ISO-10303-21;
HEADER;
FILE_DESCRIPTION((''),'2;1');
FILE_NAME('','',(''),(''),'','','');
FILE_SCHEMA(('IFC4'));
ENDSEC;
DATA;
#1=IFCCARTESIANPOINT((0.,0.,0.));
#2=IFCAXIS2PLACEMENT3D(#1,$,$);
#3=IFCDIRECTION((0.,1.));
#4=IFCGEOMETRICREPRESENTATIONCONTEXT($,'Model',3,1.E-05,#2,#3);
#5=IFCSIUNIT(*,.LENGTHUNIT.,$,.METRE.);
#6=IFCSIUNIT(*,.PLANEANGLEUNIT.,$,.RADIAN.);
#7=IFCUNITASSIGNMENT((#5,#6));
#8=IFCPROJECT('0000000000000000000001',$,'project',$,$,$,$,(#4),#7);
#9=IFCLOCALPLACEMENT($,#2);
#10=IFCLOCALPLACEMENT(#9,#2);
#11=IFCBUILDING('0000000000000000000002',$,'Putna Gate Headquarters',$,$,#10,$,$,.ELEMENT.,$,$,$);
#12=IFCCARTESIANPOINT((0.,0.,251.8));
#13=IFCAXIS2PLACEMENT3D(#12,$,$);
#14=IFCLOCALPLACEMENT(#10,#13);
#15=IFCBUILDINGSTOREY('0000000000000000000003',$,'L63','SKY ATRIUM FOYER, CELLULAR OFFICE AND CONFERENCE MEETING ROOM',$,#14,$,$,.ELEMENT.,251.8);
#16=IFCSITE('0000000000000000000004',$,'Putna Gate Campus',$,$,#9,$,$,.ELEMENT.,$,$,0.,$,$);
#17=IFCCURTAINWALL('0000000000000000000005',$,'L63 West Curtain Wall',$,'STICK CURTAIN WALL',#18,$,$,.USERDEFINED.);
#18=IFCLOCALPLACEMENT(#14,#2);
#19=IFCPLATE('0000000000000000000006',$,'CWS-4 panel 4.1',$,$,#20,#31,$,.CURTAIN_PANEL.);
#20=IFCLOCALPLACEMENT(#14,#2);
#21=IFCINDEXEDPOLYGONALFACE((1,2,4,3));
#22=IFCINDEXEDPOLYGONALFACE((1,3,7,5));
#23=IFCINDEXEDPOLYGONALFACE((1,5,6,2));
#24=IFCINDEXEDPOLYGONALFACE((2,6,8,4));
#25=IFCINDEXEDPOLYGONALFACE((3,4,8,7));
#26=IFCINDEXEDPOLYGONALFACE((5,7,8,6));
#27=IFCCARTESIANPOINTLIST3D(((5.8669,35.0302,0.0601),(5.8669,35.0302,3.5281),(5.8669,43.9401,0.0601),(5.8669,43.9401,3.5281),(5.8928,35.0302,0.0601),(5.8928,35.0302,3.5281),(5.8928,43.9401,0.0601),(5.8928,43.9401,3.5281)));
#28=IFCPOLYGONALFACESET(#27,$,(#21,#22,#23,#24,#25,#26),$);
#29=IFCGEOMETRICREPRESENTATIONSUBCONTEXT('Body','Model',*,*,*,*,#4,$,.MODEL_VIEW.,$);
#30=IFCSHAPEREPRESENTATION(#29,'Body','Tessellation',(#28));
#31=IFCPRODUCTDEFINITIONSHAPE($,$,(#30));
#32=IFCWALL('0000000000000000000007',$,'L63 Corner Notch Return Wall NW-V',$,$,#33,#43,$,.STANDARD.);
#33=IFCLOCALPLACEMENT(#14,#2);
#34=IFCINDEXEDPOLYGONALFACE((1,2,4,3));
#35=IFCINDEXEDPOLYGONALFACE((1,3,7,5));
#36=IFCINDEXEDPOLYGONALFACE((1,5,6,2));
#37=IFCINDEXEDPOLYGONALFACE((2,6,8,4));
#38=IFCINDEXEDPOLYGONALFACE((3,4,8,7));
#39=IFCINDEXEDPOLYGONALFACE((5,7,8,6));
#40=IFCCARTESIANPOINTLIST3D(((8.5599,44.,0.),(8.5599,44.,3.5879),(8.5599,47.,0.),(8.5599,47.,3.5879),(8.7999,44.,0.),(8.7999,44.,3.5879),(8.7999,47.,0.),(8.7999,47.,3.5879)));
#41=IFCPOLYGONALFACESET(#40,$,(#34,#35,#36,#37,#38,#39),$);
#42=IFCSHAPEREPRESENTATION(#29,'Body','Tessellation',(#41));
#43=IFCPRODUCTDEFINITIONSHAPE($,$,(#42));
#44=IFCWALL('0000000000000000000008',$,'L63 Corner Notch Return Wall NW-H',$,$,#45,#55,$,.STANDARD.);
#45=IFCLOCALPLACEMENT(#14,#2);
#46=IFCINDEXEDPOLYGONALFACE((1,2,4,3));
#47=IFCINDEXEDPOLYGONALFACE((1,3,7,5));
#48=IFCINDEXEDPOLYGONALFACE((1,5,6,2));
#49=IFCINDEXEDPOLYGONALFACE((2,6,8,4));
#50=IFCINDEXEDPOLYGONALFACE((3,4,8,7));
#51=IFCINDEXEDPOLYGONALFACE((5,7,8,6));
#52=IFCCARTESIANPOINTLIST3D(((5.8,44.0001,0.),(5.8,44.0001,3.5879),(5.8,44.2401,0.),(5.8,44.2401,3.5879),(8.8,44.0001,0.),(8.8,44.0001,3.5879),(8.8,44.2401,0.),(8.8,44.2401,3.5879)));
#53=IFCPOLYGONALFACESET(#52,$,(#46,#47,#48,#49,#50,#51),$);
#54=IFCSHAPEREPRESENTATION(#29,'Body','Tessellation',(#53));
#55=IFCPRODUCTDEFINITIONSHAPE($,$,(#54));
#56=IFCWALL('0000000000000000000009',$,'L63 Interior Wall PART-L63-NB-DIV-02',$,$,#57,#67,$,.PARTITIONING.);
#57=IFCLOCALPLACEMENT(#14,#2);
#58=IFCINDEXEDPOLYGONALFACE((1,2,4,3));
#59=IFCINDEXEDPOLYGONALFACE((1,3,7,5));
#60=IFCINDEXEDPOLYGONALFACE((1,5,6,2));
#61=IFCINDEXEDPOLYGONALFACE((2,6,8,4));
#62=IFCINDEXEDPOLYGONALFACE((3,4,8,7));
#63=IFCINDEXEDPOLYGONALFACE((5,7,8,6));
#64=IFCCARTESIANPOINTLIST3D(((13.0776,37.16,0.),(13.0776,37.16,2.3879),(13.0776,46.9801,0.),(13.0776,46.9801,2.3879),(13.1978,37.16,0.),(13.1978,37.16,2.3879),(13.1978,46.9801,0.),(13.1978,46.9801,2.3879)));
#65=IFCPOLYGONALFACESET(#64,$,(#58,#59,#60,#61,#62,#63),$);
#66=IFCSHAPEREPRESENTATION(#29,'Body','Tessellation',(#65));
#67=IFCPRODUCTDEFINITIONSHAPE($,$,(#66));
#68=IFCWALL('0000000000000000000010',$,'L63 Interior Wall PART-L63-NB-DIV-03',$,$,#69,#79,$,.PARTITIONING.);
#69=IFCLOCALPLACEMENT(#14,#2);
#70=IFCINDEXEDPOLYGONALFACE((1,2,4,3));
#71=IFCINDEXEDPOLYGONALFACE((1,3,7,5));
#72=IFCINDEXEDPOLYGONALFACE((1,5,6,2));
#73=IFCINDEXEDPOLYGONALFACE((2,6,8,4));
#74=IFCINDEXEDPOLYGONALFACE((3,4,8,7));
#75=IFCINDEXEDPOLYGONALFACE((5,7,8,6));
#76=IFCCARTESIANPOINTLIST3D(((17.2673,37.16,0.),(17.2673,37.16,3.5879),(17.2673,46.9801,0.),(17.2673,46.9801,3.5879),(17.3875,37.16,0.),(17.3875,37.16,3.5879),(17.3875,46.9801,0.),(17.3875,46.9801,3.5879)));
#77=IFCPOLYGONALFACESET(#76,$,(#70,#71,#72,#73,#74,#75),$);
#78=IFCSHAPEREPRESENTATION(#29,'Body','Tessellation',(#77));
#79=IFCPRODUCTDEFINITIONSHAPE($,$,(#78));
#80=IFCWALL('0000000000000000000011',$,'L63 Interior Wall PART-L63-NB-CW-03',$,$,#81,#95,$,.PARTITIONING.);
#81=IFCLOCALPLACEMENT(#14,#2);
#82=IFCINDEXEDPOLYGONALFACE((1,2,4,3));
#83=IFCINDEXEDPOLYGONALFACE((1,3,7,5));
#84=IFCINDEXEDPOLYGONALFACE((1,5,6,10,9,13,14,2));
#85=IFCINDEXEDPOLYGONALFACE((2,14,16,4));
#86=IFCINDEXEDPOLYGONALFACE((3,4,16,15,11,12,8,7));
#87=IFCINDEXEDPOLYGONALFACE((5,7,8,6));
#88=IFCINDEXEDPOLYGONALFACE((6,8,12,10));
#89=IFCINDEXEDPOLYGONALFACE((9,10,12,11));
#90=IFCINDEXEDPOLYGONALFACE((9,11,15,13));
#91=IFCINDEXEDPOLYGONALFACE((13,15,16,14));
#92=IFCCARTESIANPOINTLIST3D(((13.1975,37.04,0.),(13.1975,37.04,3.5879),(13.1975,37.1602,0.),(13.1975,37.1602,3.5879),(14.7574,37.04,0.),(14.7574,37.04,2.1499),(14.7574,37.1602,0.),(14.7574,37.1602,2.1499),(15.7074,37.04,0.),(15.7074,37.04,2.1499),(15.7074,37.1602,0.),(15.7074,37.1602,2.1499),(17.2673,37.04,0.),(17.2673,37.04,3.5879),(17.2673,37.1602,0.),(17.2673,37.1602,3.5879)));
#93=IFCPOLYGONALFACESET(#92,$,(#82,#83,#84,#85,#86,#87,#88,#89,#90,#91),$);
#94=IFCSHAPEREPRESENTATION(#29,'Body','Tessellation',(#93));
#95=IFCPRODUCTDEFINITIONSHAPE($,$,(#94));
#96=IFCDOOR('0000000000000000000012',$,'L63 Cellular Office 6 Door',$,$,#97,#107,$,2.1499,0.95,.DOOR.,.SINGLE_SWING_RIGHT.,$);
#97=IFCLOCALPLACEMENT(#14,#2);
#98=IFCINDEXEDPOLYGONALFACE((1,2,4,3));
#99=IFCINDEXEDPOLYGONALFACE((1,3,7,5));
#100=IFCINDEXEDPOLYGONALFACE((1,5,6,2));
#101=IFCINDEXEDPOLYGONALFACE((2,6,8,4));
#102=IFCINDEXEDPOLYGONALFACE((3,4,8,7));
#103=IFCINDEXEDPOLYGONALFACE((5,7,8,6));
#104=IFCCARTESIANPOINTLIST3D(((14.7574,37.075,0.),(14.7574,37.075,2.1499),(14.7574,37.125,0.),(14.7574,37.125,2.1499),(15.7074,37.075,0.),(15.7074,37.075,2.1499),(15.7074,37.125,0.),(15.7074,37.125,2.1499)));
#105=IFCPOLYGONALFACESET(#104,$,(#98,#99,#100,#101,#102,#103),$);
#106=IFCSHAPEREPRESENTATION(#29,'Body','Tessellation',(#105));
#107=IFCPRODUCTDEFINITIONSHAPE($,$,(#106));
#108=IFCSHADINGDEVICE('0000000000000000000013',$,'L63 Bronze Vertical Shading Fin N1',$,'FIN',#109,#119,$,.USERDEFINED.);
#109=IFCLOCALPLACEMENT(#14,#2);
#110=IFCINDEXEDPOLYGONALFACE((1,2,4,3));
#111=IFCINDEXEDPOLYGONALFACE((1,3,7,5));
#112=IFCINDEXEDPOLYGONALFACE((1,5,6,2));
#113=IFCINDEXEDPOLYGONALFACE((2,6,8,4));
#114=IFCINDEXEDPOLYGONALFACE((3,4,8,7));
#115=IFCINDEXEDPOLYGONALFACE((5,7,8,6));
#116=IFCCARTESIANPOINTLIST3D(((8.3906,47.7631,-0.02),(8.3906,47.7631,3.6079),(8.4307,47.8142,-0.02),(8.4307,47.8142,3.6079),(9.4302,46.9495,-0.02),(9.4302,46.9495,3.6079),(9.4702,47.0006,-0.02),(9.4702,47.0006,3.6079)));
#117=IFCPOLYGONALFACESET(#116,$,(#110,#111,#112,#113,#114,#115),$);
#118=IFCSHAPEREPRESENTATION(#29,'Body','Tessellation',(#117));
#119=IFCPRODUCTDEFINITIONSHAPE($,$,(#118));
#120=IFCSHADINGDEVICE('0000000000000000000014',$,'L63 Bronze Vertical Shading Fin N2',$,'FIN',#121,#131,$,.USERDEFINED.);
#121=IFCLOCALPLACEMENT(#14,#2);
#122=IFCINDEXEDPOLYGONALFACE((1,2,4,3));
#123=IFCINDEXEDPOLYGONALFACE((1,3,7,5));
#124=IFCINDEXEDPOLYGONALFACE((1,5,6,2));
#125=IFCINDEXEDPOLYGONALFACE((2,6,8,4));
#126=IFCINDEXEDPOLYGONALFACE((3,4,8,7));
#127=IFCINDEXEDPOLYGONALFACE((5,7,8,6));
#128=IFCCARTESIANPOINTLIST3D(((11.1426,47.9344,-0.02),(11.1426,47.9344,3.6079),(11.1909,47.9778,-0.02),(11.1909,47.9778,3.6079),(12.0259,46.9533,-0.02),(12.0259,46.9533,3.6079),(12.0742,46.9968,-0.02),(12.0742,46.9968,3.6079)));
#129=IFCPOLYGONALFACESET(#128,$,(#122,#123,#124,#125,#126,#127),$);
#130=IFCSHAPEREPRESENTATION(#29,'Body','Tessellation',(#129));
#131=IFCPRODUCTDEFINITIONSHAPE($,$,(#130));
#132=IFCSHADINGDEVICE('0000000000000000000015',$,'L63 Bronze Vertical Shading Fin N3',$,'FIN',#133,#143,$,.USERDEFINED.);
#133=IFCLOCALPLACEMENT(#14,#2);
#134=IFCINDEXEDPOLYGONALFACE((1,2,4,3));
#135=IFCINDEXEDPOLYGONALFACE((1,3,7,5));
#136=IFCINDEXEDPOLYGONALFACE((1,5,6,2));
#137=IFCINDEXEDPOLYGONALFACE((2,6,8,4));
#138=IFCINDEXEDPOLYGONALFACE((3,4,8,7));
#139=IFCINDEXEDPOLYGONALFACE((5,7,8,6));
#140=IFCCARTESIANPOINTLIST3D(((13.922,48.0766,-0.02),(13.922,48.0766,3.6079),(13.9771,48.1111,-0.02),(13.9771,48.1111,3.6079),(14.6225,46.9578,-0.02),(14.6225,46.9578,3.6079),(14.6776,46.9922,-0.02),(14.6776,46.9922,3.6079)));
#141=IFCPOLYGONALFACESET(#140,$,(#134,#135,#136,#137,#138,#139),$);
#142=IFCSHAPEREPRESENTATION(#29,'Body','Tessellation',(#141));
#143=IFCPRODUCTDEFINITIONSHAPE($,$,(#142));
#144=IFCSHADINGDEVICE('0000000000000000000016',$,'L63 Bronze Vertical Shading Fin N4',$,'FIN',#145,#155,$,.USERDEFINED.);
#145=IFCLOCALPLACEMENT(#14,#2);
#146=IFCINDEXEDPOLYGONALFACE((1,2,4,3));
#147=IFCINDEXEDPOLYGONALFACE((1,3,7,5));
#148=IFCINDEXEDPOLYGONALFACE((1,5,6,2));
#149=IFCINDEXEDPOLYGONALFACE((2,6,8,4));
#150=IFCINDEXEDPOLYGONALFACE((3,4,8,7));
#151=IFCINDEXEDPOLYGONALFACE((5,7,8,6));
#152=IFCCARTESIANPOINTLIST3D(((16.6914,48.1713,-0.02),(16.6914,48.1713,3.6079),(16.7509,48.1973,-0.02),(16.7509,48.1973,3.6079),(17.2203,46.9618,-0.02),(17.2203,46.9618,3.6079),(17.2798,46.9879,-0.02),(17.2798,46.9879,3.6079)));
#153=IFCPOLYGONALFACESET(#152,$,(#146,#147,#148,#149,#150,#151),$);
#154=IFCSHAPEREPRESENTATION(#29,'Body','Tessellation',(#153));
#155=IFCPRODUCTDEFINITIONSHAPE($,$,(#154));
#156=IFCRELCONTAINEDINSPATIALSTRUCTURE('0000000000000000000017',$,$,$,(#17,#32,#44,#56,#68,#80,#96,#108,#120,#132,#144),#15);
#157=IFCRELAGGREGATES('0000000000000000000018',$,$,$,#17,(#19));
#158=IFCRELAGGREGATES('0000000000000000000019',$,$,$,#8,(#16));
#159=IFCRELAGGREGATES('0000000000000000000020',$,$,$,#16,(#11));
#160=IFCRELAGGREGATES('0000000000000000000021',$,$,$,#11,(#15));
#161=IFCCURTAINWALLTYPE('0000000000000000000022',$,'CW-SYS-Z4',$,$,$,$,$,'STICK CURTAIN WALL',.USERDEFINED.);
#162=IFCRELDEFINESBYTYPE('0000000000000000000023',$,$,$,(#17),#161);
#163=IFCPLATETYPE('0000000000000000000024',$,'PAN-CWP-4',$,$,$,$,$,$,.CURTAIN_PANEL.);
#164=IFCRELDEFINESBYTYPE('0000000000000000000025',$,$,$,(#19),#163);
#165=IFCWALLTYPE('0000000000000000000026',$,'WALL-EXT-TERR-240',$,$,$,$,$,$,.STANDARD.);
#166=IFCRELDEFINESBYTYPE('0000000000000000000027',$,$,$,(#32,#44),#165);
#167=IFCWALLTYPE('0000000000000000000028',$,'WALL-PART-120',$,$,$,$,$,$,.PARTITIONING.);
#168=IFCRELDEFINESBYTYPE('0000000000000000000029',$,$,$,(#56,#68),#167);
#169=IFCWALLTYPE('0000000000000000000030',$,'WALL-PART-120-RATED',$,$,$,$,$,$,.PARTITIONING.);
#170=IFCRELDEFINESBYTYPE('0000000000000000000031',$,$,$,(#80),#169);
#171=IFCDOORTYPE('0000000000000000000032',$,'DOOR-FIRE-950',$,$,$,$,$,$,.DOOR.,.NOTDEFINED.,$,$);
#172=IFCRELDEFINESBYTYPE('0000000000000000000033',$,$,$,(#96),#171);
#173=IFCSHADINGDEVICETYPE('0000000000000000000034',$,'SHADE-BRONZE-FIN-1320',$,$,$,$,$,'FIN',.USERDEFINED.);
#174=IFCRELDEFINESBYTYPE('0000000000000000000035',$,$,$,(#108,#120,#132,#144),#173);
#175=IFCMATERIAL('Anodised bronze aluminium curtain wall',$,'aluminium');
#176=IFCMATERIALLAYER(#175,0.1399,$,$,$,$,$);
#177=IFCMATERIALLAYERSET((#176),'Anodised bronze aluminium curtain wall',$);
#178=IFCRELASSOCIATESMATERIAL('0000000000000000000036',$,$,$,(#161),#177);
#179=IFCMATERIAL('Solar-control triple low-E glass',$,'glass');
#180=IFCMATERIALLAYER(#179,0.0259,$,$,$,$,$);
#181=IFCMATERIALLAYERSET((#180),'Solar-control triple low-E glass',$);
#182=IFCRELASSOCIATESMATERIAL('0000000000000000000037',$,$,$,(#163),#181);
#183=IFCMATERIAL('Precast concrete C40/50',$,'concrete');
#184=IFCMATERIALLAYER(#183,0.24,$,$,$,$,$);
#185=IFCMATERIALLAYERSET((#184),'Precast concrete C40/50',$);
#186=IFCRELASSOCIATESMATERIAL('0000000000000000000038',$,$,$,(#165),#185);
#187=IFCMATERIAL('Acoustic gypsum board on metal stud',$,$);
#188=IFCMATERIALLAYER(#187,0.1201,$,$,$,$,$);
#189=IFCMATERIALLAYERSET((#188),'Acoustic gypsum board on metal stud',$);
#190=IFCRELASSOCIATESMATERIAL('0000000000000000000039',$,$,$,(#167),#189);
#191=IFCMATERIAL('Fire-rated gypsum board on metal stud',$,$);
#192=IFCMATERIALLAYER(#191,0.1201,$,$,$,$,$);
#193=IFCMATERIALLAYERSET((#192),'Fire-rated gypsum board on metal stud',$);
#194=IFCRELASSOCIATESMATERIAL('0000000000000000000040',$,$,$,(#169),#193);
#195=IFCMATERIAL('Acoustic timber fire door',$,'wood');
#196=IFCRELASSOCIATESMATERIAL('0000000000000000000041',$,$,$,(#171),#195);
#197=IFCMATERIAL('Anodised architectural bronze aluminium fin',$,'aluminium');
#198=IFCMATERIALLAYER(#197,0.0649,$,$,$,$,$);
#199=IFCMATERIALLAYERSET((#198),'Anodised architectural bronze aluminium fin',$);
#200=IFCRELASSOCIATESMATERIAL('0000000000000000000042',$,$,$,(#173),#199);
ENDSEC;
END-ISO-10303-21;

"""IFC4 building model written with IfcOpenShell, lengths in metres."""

from ifc_helpers import new_model, si_unit, direction, frame, frame_2d, origin, origin_2d, place, context, subcontext, project, spatial, rectangle, extrude, material, layer, layer_set, type_object, element, fill, aggregate, save


model = new_model("IFC4")

# Units and contexts
model_context = context("Model", 3, precision=1e-05, world=origin(), true_north=direction((0.0, 1.0)))
body_context = subcontext(model_context, "Body", "Model", "MODEL_VIEW")
ifc_project = project(units=[si_unit("LENGTHUNIT", "METRE"), si_unit("PLANEANGLEUNIT", "RADIAN")], contexts=[model_context])

# Site, building, storey
site_placement = place(None, origin())
site = spatial("IfcSite", under=ifc_project, at=site_placement, Name="Putna Gate Campus", CompositionType="ELEMENT", RefElevation=0.0)
building_placement = place(site_placement, origin())
building = spatial("IfcBuilding", under=site, at=building_placement, Name="Putna Gate Headquarters", CompositionType="ELEMENT")
storey_placement = place(building_placement, frame((0.0, 0.0, 251.8)))
storey = spatial("IfcBuildingStorey", under=building, at=storey_placement, Name="L63", Description="SKY ATRIUM FOYER, CELLULAR OFFICE AND CONFERENCE MEETING ROOM", CompositionType="ELEMENT", Elevation=251.8)

# Shared definitions
ifc_material_1 = material(Name="Anodised bronze aluminium curtain wall", Category="aluminium")
ifc_layer_1 = layer(ifc_material_1, 0.1399)
ifc_layer_set_1 = layer_set([ifc_layer_1], Name="Anodised bronze aluminium curtain wall")
curtain_wall_type = type_object("IfcCurtainWallType", Name="CW-SYS-Z4", ElementType="STICK CURTAIN WALL", PredefinedType="USERDEFINED", material=ifc_layer_set_1)

# Curtain wall
curtain_wall_1_placement = place(storey_placement, origin())
curtain_wall_1 = element("IfcCurtainWall", 1, at=curtain_wall_1_placement, inside=storey, type_object=curtain_wall_type, Name="L63 West Curtain Wall", ObjectType="STICK CURTAIN WALL", PredefinedType="USERDEFINED")

# Plate
ifc_material_2 = material(Name="Solar-control triple low-E glass", Category="glass")
ifc_layer_2 = layer(ifc_material_2, 0.0259)
ifc_layer_set_2 = layer_set([ifc_layer_2], Name="Solar-control triple low-E glass")
plate_type = type_object("IfcPlateType", Name="PAN-CWP-4", PredefinedType="CURTAIN_PANEL", material=ifc_layer_set_2)
plate_1_placement = place(storey_placement, frame((5.8799, 39.4851, 0.0601), z_axis=(0.0, 0.0, 1.0), x_axis=(0.0, 1.0, 0.0)))
plate_1 = element("IfcPlate", 2, at=plate_1_placement, type_object=plate_type, Name="CWS-4 panel 4.1", PredefinedType="CURTAIN_PANEL", context=body_context, shape_type="SweptSolid", body=[
    extrude(rectangle(XDim=8.9099, YDim=0.0259, at=origin_2d()), origin(), (0.0, 0.0, 1.0), 3.468),
])
aggregate(curtain_wall_1, [plate_1])

# Walls
ifc_material_3 = material(Name="Precast concrete C40/50", Category="concrete")
ifc_layer_3 = layer(ifc_material_3, 0.24)
ifc_layer_set_3 = layer_set([ifc_layer_3], Name="Precast concrete C40/50")
wall_type_1 = type_object("IfcWallType", Name="WALL-EXT-TERR-240", PredefinedType="STANDARD", material=ifc_layer_set_3)
for number, where, z_axis, x_axis, name in (
    (3, (8.6799, 44.0, 0.0), (0.0, 0.0, 1.0), (0.0, 1.0, 0.0), "L63 Corner Notch Return Wall NW-V"),
    (4, (5.8, 44.1201, 0.0), (0.0, 0.0, 1.0), (1.0, 0.0, 0.0), "L63 Corner Notch Return Wall NW-H"),
):
    element("IfcWall", number, at=place(storey_placement, frame(where, z_axis=z_axis, x_axis=x_axis)), inside=storey, type_object=wall_type_1, Name=name, PredefinedType="STANDARD", context=body_context, shape_type="SweptSolid", body=[
        extrude(rectangle(XDim=3.0, YDim=0.24, at=frame_2d((1.5, 0.0))), origin(), (0.0, 0.0, 1.0), 3.5879),
    ])
ifc_material_4 = material(Name="Acoustic gypsum board on metal stud")
ifc_layer_4 = layer(ifc_material_4, 0.1201)
ifc_layer_set_4 = layer_set([ifc_layer_4], Name="Acoustic gypsum board on metal stud")
wall_type_2 = type_object("IfcWallType", Name="WALL-PART-120", PredefinedType="PARTITIONING", material=ifc_layer_set_4)
wall_1_placement = place(storey_placement, frame((13.1377, 37.1599, 0.0), z_axis=(0.0, 0.0, 1.0), x_axis=(0.0, 1.0, 0.0)))
element("IfcWall", 5, at=wall_1_placement, inside=storey, type_object=wall_type_2, Name="L63 Interior Wall PART-L63-NB-DIV-02", PredefinedType="PARTITIONING", context=body_context, shape_type="SweptSolid", body=[
    extrude(rectangle(XDim=9.8201, YDim=0.1201, at=frame_2d((4.9102, 0.0))), origin(), (0.0, 0.0, 1.0), 2.3879),
])
wall_2_placement = place(storey_placement, frame((17.3274, 37.1599, 0.0), z_axis=(0.0, 0.0, 1.0), x_axis=(0.0, 1.0, 0.0)))
element("IfcWall", 6, at=wall_2_placement, inside=storey, type_object=wall_type_2, Name="L63 Interior Wall PART-L63-NB-DIV-03", PredefinedType="PARTITIONING", context=body_context, shape_type="SweptSolid", body=[
    extrude(rectangle(XDim=9.8201, YDim=0.1201, at=frame_2d((4.9102, 0.0))), origin(), (0.0, 0.0, 1.0), 3.5879),
])

# Wall, opening, door
ifc_material_5 = material(Name="Fire-rated gypsum board on metal stud")
ifc_layer_5 = layer(ifc_material_5, 0.1201)
ifc_layer_set_5 = layer_set([ifc_layer_5], Name="Fire-rated gypsum board on metal stud")
wall_type_3 = type_object("IfcWallType", Name="WALL-PART-120-RATED", PredefinedType="PARTITIONING", material=ifc_layer_set_5)
wall_3_placement = place(storey_placement, frame((13.1975, 37.1001, 0.0), z_axis=(0.0, 0.0, 1.0), x_axis=(1.0, 0.0, 0.0)))
wall_3 = element("IfcWall", 7, at=wall_3_placement, inside=storey, type_object=wall_type_3, Name="L63 Interior Wall PART-L63-NB-CW-03", PredefinedType="PARTITIONING", context=body_context, shape_type="SweptSolid", body=[
    extrude(rectangle(XDim=4.0698, YDim=0.1201, at=frame_2d((2.0349, 0.0))), origin(), (0.0, 0.0, 1.0), 3.5879),
])
opening_1_placement = place(wall_3_placement, frame((1.5598, 0.0, 0.0)))
opening_1 = element("IfcOpeningElement", 8, at=opening_1_placement, cuts=wall_3, PredefinedType="OPENING", context=body_context, shape_type="SweptSolid", body=[
    extrude(rectangle(XDim=0.95, YDim=2.1499, at=frame_2d((0.4751, 1.075))), frame((0.0, 0.0701, 0.0), z_axis=(0.0, -1.0, 0.0), x_axis=(1.0, 0.0, 0.0)), (0.0, 0.0, 1.0), 0.1401),
])
ifc_material_6 = material(Name="Acoustic timber fire door", Category="wood")
door_type = type_object("IfcDoorType", Name="DOOR-FIRE-950", OperationType="NOTDEFINED", PredefinedType="DOOR", material=ifc_material_6)
door_1_placement = place(opening_1_placement, origin())
door_1 = element("IfcDoor", 9, at=door_1_placement, inside=storey, type_object=door_type, Name="L63 Cellular Office 6 Door", OperationType="SINGLE_SWING_RIGHT", OverallHeight=2.1499, OverallWidth=0.95, PredefinedType="DOOR", context=body_context, shape_type="SweptSolid", body=[
    extrude(rectangle(XDim=0.95, YDim=2.1499, at=frame_2d((0.4751, 1.075))), frame((0.0, 0.0249, 0.0), z_axis=(0.0, -1.0, 0.0), x_axis=(1.0, 0.0, 0.0)), (0.0, 0.0, 1.0), 0.05),
])
fill(opening_1, door_1)

# Shading devices
ifc_material_7 = material(Name="Anodised architectural bronze aluminium fin", Category="aluminium")
ifc_layer_6 = layer(ifc_material_7, 0.0649)
ifc_layer_set_6 = layer_set([ifc_layer_6], Name="Anodised architectural bronze aluminium fin")
shading_device_type = type_object("IfcShadingDeviceType", Name="SHADE-BRONZE-FIN-1320", ElementType="FIN", PredefinedType="USERDEFINED", material=ifc_layer_set_6)
for number, where, z_axis, x_axis, name in (
    (10, (8.9304, 47.3818, -0.02), (0.0, 0.0, 1.0), (-0.787473, 0.616349, 0.0), "L63 Bronze Vertical Shading Fin N1"),
    (11, (11.6084, 47.4656, -0.02), (0.0, 0.0, 1.0), (-0.669131, 0.743145, 0.0), "L63 Bronze Vertical Shading Fin N2"),
    (12, (14.2998, 47.5344, -0.02), (0.0, 0.0, 1.0), (-0.530659, 0.847585, 0.0), "L63 Bronze Vertical Shading Fin N3"),
    (13, (16.9856, 47.5796, -0.02), (0.0, 0.0, 1.0), (-0.400669, 0.916223, 0.0), "L63 Bronze Vertical Shading Fin N4"),
):
    element("IfcShadingDevice", number, at=place(storey_placement, frame(where, z_axis=z_axis, x_axis=x_axis)), inside=storey, type_object=shading_device_type, Name=name, ObjectType="FIN", PredefinedType="USERDEFINED", context=body_context, shape_type="SweptSolid", body=[
        extrude(rectangle(XDim=1.3201, YDim=0.0649, at=origin_2d()), origin(), (0.0, 0.0, 1.0), 3.6279),
    ])

save(model, "model.ifc")
